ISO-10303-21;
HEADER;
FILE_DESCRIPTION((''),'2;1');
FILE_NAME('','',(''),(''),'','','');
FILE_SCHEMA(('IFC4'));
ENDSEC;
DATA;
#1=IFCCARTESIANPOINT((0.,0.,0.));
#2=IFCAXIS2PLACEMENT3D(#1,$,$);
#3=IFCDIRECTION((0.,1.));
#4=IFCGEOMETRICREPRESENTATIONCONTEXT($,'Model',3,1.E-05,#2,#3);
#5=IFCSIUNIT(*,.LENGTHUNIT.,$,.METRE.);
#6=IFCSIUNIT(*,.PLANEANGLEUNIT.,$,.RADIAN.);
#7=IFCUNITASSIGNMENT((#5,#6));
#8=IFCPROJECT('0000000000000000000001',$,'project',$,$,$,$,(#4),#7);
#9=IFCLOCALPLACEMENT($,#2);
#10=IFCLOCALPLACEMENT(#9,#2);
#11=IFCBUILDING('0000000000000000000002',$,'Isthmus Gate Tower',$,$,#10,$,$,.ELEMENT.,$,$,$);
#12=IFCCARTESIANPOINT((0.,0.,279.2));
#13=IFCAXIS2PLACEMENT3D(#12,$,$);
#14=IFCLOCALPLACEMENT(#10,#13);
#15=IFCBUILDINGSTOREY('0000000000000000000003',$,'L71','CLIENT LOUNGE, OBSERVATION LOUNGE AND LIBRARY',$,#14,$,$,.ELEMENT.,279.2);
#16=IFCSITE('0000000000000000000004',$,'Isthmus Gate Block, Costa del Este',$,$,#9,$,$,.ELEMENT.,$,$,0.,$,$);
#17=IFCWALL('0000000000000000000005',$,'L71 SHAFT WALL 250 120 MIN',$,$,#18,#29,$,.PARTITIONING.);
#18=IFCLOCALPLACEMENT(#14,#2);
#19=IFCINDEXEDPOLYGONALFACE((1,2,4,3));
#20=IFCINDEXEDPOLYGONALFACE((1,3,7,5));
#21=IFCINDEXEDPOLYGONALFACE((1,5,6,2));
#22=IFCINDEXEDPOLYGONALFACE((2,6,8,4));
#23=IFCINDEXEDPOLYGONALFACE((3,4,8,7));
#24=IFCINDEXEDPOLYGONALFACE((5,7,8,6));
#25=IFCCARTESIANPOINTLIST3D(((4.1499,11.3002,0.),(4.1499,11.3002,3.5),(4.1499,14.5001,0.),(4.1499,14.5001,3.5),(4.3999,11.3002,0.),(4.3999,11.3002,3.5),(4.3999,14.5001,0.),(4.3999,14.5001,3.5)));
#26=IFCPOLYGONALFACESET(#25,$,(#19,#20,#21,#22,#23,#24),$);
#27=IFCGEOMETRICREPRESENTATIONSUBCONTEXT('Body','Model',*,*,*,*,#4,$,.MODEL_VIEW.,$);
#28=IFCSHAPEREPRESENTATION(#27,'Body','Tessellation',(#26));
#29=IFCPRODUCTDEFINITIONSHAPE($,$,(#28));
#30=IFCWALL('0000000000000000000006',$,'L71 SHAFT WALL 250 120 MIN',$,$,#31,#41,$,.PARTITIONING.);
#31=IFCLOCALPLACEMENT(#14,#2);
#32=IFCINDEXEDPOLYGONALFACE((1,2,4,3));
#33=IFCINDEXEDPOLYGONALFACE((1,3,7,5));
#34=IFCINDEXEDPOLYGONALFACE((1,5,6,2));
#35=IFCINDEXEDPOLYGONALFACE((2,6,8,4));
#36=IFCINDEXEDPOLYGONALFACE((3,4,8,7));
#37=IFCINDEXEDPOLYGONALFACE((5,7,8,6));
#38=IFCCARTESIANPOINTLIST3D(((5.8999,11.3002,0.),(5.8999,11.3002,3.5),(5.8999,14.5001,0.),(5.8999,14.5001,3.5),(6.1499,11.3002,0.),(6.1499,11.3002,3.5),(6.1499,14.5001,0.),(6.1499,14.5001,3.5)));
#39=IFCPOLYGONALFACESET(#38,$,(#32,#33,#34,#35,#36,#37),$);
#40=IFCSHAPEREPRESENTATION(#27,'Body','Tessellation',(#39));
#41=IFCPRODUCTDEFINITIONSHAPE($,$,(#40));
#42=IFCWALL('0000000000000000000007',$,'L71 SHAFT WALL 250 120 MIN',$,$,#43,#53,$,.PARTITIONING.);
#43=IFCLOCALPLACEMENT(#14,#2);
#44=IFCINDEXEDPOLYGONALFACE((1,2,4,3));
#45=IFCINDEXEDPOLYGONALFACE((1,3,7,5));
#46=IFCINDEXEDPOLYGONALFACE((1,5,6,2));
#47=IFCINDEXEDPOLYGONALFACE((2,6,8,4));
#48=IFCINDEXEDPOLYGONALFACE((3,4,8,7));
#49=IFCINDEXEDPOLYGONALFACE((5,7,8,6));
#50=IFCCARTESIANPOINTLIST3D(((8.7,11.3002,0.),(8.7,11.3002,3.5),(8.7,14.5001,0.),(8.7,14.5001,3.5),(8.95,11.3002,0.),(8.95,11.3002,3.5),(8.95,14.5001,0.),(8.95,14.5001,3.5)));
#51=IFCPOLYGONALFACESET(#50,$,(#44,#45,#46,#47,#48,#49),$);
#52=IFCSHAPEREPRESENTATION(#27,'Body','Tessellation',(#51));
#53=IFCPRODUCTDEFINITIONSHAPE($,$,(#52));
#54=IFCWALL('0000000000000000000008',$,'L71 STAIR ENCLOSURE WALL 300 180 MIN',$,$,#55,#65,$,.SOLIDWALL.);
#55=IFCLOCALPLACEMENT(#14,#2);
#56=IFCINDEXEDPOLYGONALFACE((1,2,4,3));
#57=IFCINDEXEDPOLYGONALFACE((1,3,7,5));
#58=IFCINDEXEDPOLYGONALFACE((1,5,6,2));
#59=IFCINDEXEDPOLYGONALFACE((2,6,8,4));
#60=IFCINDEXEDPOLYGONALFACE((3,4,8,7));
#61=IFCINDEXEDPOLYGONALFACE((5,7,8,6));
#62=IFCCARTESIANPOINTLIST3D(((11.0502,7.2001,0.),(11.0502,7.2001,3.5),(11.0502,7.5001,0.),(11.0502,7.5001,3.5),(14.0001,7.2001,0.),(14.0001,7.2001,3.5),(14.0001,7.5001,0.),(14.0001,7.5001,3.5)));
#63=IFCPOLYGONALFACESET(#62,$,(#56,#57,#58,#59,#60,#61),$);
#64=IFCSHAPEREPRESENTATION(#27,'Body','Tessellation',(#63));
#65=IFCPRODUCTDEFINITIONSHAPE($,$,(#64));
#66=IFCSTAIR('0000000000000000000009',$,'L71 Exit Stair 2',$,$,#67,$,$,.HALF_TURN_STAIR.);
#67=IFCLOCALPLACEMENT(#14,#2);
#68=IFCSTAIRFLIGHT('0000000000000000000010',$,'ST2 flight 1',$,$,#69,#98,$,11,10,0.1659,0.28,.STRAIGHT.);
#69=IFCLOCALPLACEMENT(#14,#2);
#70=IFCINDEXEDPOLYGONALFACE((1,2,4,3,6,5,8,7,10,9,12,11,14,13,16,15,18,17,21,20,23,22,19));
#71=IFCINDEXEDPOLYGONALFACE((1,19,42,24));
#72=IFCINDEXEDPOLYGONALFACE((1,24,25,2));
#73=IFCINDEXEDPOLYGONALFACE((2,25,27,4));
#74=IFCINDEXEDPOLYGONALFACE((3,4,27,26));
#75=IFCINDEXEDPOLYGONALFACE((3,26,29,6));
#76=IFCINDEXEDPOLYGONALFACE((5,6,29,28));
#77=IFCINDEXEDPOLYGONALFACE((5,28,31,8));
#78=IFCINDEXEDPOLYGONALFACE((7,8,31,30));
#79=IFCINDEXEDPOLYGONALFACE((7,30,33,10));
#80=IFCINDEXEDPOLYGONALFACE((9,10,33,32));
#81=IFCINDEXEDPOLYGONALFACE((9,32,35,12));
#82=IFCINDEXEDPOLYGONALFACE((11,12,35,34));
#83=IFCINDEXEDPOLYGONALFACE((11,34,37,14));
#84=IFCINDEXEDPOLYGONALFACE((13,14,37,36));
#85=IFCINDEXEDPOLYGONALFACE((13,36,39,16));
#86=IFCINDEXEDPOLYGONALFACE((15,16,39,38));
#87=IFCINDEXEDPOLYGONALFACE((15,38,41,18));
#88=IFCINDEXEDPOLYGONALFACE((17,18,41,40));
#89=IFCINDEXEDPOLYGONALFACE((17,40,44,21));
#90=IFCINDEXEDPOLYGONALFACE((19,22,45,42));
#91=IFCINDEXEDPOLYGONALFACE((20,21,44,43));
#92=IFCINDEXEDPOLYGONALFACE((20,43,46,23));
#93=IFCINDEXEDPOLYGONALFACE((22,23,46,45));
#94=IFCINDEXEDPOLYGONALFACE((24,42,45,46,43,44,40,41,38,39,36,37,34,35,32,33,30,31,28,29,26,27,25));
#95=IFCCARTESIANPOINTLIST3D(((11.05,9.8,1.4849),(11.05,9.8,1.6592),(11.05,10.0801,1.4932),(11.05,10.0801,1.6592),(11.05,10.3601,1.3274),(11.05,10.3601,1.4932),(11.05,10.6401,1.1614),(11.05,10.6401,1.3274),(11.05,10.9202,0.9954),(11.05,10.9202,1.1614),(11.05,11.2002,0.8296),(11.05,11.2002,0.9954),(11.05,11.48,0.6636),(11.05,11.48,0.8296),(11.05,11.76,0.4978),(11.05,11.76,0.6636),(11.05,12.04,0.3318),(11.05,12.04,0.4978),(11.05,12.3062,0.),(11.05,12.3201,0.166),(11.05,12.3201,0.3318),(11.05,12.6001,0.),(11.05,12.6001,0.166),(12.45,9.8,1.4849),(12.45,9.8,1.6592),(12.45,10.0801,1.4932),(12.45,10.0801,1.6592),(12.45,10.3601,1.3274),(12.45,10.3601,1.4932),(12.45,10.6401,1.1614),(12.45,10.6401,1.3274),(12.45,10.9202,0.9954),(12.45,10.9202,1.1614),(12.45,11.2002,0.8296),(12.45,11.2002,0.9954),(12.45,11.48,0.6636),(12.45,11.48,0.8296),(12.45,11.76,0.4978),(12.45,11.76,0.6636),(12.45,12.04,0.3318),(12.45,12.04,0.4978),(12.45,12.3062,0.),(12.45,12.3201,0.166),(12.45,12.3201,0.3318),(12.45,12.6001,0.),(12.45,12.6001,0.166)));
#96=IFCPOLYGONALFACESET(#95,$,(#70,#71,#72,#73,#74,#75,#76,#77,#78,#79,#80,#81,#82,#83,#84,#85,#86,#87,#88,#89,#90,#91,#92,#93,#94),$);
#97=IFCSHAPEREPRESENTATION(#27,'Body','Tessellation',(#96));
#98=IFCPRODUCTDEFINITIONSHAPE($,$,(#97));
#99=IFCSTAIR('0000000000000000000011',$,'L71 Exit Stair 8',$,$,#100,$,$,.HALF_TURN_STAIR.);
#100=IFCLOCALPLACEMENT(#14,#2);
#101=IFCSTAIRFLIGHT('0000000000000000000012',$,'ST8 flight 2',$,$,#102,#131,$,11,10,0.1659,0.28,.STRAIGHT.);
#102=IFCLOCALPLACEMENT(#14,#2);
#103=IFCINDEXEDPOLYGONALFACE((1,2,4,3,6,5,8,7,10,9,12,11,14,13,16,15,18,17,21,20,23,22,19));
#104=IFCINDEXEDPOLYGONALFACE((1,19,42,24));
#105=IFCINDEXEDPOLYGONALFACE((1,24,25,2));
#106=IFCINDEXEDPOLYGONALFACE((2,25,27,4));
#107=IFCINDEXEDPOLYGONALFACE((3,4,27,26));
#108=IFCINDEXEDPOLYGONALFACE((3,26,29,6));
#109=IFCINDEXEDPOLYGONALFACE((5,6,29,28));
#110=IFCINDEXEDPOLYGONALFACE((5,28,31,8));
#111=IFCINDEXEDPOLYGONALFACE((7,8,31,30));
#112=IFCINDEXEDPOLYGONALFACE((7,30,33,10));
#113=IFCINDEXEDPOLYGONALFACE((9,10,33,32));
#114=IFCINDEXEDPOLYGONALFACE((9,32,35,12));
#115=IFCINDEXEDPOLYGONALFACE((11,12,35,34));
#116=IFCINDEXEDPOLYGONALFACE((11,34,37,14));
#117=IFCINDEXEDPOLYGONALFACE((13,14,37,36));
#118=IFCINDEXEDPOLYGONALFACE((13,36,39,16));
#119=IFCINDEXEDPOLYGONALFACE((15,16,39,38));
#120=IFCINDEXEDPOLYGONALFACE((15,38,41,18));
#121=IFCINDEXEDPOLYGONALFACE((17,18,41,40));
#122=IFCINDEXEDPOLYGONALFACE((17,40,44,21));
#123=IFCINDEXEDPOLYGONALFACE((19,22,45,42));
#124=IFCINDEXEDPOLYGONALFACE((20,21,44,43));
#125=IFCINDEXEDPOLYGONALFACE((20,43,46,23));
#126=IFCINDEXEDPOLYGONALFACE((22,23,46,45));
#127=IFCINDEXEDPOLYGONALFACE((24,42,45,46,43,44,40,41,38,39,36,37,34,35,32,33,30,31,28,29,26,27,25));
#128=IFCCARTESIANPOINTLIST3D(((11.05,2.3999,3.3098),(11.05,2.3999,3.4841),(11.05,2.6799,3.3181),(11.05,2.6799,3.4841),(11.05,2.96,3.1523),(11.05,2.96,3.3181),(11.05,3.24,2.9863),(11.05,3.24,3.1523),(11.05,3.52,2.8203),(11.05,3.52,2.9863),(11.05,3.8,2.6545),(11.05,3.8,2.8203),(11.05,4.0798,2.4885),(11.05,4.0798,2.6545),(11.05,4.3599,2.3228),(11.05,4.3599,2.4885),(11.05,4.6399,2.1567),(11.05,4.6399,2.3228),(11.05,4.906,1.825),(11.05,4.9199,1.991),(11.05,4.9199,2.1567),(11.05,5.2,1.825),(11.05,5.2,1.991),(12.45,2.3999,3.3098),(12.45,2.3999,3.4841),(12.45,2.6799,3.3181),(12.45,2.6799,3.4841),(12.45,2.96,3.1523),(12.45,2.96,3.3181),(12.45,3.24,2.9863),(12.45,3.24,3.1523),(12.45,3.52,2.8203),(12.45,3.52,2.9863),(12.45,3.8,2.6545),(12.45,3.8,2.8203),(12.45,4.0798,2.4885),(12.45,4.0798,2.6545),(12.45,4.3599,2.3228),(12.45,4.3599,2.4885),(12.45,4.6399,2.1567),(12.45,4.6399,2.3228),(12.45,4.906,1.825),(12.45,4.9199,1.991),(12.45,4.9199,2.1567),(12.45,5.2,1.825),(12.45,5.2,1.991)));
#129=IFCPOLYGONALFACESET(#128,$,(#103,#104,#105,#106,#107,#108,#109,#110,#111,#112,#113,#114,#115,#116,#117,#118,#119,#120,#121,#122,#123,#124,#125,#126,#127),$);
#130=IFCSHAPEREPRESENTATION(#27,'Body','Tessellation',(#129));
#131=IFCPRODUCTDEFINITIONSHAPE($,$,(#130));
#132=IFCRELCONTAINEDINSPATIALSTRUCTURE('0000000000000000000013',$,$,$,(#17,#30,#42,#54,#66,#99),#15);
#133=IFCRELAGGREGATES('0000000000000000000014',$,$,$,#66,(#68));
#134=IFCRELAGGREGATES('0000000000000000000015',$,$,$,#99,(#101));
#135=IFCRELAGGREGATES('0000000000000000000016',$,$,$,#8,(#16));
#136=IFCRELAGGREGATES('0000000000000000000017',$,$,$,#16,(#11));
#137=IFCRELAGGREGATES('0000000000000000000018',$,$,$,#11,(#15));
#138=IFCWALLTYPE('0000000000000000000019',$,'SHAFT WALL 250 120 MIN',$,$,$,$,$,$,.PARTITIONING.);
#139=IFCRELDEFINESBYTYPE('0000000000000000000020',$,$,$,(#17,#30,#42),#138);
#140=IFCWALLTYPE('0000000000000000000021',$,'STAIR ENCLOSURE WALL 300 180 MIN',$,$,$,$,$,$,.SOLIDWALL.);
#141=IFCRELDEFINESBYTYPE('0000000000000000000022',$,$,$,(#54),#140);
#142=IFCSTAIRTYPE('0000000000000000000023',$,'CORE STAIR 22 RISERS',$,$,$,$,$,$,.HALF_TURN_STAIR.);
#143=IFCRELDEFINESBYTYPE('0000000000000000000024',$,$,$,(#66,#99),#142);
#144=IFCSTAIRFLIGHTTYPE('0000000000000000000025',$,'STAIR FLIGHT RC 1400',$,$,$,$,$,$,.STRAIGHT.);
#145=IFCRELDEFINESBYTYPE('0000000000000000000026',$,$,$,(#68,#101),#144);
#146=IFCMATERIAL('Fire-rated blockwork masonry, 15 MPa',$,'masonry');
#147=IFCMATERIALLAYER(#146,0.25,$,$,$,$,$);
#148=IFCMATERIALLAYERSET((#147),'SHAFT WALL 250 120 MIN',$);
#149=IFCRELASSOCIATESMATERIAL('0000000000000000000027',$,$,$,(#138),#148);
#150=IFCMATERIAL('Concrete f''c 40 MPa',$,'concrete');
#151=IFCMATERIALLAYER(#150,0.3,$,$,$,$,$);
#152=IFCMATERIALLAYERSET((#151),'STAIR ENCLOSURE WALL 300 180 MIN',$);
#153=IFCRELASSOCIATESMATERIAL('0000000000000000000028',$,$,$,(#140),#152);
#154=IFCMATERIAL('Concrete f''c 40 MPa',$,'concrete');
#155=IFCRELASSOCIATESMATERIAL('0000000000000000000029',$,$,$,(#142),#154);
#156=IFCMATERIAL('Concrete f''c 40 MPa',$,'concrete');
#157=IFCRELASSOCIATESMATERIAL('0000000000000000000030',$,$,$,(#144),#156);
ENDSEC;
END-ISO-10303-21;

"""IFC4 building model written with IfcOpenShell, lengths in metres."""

from ifc_helpers import new_model, si_unit, direction, frame, frame_2d, origin, place, context, subcontext, project, spatial, polyline, rectangle, outline, extrude, material, layer, layer_set, type_object, element, aggregate, save


model = new_model("IFC4")

# Units and contexts
model_context = context("Model", 3, precision=1e-05, world=origin(), true_north=direction((0.0, 1.0)))
body_context = subcontext(model_context, "Body", "Model", "MODEL_VIEW")
ifc_project = project(units=[si_unit("LENGTHUNIT", "METRE"), si_unit("PLANEANGLEUNIT", "RADIAN")], contexts=[model_context])

# Site, building, storey
site_placement = place(None, origin())
site = spatial("IfcSite", under=ifc_project, at=site_placement, Name="Isthmus Gate Block, Costa del Este", CompositionType="ELEMENT", RefElevation=0.0)
building_placement = place(site_placement, origin())
building = spatial("IfcBuilding", under=site, at=building_placement, Name="Isthmus Gate Tower", CompositionType="ELEMENT")
storey_placement = place(building_placement, frame((0.0, 0.0, 279.2)))
storey = spatial("IfcBuildingStorey", under=building, at=storey_placement, Name="L71", Description="CLIENT LOUNGE, OBSERVATION LOUNGE AND LIBRARY", CompositionType="ELEMENT", Elevation=279.2)

# Walls
ifc_material_1 = material(Name="Fire-rated blockwork masonry, 15 MPa", Category="masonry")
ifc_layer_1 = layer(ifc_material_1, 0.25)
ifc_layer_set_1 = layer_set([ifc_layer_1], Name="SHAFT WALL 250 120 MIN")
wall_type_1 = type_object("IfcWallType", Name="SHAFT WALL 250 120 MIN", PredefinedType="PARTITIONING", material=ifc_layer_set_1)
for number, where, z_axis, x_axis, name in (
    (1, (4.2749, 11.3, 0.0), (0.0, 0.0, 1.0), (0.0, 1.0, 0.0), "L71 SHAFT WALL 250 120 MIN"),
    (2, (6.0249, 11.3, 0.0), (0.0, 0.0, 1.0), (0.0, 1.0, 0.0), "L71 SHAFT WALL 250 120 MIN"),
    (3, (8.825, 11.3, 0.0), (0.0, 0.0, 1.0), (0.0, 1.0, 0.0), "L71 SHAFT WALL 250 120 MIN"),
):
    element("IfcWall", number, at=place(storey_placement, frame(where, z_axis=z_axis, x_axis=x_axis)), inside=storey, type_object=wall_type_1, Name=name, PredefinedType="PARTITIONING", context=body_context, shape_type="SweptSolid", body=[
        extrude(rectangle(XDim=3.2, YDim=0.25, at=frame_2d((1.6001, 0.0))), origin(), (0.0, 0.0, 1.0), 3.5),
    ])
ifc_material_2 = material(Name="Concrete f'c 40 MPa", Category="concrete")
ifc_layer_2 = layer(ifc_material_2, 0.3)
ifc_layer_set_2 = layer_set([ifc_layer_2], Name="STAIR ENCLOSURE WALL 300 180 MIN")
wall_type_2 = type_object("IfcWallType", Name="STAIR ENCLOSURE WALL 300 180 MIN", PredefinedType="SOLIDWALL", material=ifc_layer_set_2)
wall_1_placement = place(storey_placement, frame((11.05, 7.3501, 0.0), z_axis=(0.0, 0.0, 1.0), x_axis=(1.0, 0.0, 0.0)))
element("IfcWall", 4, at=wall_1_placement, inside=storey, type_object=wall_type_2, Name="L71 STAIR ENCLOSURE WALL 300 180 MIN", PredefinedType="SOLIDWALL", context=body_context, shape_type="SweptSolid", body=[
    extrude(rectangle(XDim=2.95, YDim=0.3, at=frame_2d((1.4751, 0.0))), origin(), (0.0, 0.0, 1.0), 3.5),
])

# Stairs, stair flights
ifc_material_3 = material(Name="Concrete f'c 40 MPa", Category="concrete")
stair_type = type_object("IfcStairType", Name="CORE STAIR 22 RISERS", PredefinedType="HALF_TURN_STAIR", material=ifc_material_3)
stair_1_placement = place(storey_placement, origin())
stair_1 = element("IfcStair", 5, at=stair_1_placement, inside=storey, type_object=stair_type, Name="L71 Exit Stair 2", PredefinedType="HALF_TURN_STAIR")
ifc_material_4 = material(Name="Concrete f'c 40 MPa", Category="concrete")
stair_flight_type = type_object("IfcStairFlightType", Name="STAIR FLIGHT RC 1400", PredefinedType="STRAIGHT", material=ifc_material_4)
stair_flight_1_placement = place(storey_placement, frame((11.75, 12.6001, 0.0), z_axis=(0.0, 0.0, 1.0), x_axis=(0.0, -1.0, 0.0)))
stair_flight_1 = element("IfcStairFlight", 6, at=stair_flight_1_placement, type_object=stair_flight_type, Name="ST2 flight 1", NumberOfRisers=11, NumberOfTreads=10, PredefinedType="STRAIGHT", RiserHeight=0.1659, TreadLength=0.28, context=body_context, shape_type="SweptSolid", body=[
    extrude(outline(polyline([(0.0, 0.0), (0.0, 0.166), (0.28, 0.166), (0.28, 0.3318), (0.5601, 0.3318), (0.5601, 0.4978), (0.8401, 0.4978), (0.8401, 0.6636), (1.1201, 0.6636), (1.1201, 0.8296), (1.3999, 0.8296), (1.3999, 0.9954), (1.6799, 0.9954), (1.6799, 1.1614), (1.96, 1.1614), (1.96, 1.3274), (2.24, 1.3274), (2.24, 1.4932), (2.52, 1.4932), (2.52, 1.6592), (2.8, 1.6592), (2.8, 1.825), (2.8, 1.4849), (0.2939, 0.0), (0.0, 0.0)])), frame((0.0, 0.7, 0.0), z_axis=(0.0, -1.0, 0.0), x_axis=(1.0, 0.0, 0.0)), (0.0, 0.0, 1.0), 1.3999),
])
aggregate(stair_1, [stair_flight_1])
stair_2_placement = place(storey_placement, origin())
stair_2 = element("IfcStair", 7, at=stair_2_placement, inside=storey, type_object=stair_type, Name="L71 Exit Stair 8", PredefinedType="HALF_TURN_STAIR")
stair_flight_2_placement = place(storey_placement, frame((11.75, 5.2, 1.825), z_axis=(0.0, 0.0, 1.0), x_axis=(0.0, -1.0, 0.0)))
stair_flight_2 = element("IfcStairFlight", 8, at=stair_flight_2_placement, type_object=stair_flight_type, Name="ST8 flight 2", NumberOfRisers=11, NumberOfTreads=10, PredefinedType="STRAIGHT", RiserHeight=0.1659, TreadLength=0.28, context=body_context, shape_type="SweptSolid", body=[
    extrude(outline(polyline([(0.0, 0.0), (0.0, 0.166), (0.28, 0.166), (0.28, 0.3318), (0.5601, 0.3318), (0.5601, 0.4978), (0.8401, 0.4978), (0.8401, 0.6636), (1.1201, 0.6636), (1.1201, 0.8296), (1.3999, 0.8296), (1.3999, 0.9954), (1.6799, 0.9954), (1.6799, 1.1614), (1.96, 1.1614), (1.96, 1.3274), (2.24, 1.3274), (2.24, 1.4932), (2.52, 1.4932), (2.52, 1.6592), (2.8, 1.6592), (2.8, 1.825), (2.8, 1.4849), (0.2939, 0.0), (0.0, 0.0)])), frame((0.0, 0.7, 0.0), z_axis=(0.0, -1.0, 0.0), x_axis=(1.0, 0.0, 0.0)), (0.0, 0.0, 1.0), 1.3999),
])
aggregate(stair_2, [stair_flight_2])

save(model, "model.ifc")
